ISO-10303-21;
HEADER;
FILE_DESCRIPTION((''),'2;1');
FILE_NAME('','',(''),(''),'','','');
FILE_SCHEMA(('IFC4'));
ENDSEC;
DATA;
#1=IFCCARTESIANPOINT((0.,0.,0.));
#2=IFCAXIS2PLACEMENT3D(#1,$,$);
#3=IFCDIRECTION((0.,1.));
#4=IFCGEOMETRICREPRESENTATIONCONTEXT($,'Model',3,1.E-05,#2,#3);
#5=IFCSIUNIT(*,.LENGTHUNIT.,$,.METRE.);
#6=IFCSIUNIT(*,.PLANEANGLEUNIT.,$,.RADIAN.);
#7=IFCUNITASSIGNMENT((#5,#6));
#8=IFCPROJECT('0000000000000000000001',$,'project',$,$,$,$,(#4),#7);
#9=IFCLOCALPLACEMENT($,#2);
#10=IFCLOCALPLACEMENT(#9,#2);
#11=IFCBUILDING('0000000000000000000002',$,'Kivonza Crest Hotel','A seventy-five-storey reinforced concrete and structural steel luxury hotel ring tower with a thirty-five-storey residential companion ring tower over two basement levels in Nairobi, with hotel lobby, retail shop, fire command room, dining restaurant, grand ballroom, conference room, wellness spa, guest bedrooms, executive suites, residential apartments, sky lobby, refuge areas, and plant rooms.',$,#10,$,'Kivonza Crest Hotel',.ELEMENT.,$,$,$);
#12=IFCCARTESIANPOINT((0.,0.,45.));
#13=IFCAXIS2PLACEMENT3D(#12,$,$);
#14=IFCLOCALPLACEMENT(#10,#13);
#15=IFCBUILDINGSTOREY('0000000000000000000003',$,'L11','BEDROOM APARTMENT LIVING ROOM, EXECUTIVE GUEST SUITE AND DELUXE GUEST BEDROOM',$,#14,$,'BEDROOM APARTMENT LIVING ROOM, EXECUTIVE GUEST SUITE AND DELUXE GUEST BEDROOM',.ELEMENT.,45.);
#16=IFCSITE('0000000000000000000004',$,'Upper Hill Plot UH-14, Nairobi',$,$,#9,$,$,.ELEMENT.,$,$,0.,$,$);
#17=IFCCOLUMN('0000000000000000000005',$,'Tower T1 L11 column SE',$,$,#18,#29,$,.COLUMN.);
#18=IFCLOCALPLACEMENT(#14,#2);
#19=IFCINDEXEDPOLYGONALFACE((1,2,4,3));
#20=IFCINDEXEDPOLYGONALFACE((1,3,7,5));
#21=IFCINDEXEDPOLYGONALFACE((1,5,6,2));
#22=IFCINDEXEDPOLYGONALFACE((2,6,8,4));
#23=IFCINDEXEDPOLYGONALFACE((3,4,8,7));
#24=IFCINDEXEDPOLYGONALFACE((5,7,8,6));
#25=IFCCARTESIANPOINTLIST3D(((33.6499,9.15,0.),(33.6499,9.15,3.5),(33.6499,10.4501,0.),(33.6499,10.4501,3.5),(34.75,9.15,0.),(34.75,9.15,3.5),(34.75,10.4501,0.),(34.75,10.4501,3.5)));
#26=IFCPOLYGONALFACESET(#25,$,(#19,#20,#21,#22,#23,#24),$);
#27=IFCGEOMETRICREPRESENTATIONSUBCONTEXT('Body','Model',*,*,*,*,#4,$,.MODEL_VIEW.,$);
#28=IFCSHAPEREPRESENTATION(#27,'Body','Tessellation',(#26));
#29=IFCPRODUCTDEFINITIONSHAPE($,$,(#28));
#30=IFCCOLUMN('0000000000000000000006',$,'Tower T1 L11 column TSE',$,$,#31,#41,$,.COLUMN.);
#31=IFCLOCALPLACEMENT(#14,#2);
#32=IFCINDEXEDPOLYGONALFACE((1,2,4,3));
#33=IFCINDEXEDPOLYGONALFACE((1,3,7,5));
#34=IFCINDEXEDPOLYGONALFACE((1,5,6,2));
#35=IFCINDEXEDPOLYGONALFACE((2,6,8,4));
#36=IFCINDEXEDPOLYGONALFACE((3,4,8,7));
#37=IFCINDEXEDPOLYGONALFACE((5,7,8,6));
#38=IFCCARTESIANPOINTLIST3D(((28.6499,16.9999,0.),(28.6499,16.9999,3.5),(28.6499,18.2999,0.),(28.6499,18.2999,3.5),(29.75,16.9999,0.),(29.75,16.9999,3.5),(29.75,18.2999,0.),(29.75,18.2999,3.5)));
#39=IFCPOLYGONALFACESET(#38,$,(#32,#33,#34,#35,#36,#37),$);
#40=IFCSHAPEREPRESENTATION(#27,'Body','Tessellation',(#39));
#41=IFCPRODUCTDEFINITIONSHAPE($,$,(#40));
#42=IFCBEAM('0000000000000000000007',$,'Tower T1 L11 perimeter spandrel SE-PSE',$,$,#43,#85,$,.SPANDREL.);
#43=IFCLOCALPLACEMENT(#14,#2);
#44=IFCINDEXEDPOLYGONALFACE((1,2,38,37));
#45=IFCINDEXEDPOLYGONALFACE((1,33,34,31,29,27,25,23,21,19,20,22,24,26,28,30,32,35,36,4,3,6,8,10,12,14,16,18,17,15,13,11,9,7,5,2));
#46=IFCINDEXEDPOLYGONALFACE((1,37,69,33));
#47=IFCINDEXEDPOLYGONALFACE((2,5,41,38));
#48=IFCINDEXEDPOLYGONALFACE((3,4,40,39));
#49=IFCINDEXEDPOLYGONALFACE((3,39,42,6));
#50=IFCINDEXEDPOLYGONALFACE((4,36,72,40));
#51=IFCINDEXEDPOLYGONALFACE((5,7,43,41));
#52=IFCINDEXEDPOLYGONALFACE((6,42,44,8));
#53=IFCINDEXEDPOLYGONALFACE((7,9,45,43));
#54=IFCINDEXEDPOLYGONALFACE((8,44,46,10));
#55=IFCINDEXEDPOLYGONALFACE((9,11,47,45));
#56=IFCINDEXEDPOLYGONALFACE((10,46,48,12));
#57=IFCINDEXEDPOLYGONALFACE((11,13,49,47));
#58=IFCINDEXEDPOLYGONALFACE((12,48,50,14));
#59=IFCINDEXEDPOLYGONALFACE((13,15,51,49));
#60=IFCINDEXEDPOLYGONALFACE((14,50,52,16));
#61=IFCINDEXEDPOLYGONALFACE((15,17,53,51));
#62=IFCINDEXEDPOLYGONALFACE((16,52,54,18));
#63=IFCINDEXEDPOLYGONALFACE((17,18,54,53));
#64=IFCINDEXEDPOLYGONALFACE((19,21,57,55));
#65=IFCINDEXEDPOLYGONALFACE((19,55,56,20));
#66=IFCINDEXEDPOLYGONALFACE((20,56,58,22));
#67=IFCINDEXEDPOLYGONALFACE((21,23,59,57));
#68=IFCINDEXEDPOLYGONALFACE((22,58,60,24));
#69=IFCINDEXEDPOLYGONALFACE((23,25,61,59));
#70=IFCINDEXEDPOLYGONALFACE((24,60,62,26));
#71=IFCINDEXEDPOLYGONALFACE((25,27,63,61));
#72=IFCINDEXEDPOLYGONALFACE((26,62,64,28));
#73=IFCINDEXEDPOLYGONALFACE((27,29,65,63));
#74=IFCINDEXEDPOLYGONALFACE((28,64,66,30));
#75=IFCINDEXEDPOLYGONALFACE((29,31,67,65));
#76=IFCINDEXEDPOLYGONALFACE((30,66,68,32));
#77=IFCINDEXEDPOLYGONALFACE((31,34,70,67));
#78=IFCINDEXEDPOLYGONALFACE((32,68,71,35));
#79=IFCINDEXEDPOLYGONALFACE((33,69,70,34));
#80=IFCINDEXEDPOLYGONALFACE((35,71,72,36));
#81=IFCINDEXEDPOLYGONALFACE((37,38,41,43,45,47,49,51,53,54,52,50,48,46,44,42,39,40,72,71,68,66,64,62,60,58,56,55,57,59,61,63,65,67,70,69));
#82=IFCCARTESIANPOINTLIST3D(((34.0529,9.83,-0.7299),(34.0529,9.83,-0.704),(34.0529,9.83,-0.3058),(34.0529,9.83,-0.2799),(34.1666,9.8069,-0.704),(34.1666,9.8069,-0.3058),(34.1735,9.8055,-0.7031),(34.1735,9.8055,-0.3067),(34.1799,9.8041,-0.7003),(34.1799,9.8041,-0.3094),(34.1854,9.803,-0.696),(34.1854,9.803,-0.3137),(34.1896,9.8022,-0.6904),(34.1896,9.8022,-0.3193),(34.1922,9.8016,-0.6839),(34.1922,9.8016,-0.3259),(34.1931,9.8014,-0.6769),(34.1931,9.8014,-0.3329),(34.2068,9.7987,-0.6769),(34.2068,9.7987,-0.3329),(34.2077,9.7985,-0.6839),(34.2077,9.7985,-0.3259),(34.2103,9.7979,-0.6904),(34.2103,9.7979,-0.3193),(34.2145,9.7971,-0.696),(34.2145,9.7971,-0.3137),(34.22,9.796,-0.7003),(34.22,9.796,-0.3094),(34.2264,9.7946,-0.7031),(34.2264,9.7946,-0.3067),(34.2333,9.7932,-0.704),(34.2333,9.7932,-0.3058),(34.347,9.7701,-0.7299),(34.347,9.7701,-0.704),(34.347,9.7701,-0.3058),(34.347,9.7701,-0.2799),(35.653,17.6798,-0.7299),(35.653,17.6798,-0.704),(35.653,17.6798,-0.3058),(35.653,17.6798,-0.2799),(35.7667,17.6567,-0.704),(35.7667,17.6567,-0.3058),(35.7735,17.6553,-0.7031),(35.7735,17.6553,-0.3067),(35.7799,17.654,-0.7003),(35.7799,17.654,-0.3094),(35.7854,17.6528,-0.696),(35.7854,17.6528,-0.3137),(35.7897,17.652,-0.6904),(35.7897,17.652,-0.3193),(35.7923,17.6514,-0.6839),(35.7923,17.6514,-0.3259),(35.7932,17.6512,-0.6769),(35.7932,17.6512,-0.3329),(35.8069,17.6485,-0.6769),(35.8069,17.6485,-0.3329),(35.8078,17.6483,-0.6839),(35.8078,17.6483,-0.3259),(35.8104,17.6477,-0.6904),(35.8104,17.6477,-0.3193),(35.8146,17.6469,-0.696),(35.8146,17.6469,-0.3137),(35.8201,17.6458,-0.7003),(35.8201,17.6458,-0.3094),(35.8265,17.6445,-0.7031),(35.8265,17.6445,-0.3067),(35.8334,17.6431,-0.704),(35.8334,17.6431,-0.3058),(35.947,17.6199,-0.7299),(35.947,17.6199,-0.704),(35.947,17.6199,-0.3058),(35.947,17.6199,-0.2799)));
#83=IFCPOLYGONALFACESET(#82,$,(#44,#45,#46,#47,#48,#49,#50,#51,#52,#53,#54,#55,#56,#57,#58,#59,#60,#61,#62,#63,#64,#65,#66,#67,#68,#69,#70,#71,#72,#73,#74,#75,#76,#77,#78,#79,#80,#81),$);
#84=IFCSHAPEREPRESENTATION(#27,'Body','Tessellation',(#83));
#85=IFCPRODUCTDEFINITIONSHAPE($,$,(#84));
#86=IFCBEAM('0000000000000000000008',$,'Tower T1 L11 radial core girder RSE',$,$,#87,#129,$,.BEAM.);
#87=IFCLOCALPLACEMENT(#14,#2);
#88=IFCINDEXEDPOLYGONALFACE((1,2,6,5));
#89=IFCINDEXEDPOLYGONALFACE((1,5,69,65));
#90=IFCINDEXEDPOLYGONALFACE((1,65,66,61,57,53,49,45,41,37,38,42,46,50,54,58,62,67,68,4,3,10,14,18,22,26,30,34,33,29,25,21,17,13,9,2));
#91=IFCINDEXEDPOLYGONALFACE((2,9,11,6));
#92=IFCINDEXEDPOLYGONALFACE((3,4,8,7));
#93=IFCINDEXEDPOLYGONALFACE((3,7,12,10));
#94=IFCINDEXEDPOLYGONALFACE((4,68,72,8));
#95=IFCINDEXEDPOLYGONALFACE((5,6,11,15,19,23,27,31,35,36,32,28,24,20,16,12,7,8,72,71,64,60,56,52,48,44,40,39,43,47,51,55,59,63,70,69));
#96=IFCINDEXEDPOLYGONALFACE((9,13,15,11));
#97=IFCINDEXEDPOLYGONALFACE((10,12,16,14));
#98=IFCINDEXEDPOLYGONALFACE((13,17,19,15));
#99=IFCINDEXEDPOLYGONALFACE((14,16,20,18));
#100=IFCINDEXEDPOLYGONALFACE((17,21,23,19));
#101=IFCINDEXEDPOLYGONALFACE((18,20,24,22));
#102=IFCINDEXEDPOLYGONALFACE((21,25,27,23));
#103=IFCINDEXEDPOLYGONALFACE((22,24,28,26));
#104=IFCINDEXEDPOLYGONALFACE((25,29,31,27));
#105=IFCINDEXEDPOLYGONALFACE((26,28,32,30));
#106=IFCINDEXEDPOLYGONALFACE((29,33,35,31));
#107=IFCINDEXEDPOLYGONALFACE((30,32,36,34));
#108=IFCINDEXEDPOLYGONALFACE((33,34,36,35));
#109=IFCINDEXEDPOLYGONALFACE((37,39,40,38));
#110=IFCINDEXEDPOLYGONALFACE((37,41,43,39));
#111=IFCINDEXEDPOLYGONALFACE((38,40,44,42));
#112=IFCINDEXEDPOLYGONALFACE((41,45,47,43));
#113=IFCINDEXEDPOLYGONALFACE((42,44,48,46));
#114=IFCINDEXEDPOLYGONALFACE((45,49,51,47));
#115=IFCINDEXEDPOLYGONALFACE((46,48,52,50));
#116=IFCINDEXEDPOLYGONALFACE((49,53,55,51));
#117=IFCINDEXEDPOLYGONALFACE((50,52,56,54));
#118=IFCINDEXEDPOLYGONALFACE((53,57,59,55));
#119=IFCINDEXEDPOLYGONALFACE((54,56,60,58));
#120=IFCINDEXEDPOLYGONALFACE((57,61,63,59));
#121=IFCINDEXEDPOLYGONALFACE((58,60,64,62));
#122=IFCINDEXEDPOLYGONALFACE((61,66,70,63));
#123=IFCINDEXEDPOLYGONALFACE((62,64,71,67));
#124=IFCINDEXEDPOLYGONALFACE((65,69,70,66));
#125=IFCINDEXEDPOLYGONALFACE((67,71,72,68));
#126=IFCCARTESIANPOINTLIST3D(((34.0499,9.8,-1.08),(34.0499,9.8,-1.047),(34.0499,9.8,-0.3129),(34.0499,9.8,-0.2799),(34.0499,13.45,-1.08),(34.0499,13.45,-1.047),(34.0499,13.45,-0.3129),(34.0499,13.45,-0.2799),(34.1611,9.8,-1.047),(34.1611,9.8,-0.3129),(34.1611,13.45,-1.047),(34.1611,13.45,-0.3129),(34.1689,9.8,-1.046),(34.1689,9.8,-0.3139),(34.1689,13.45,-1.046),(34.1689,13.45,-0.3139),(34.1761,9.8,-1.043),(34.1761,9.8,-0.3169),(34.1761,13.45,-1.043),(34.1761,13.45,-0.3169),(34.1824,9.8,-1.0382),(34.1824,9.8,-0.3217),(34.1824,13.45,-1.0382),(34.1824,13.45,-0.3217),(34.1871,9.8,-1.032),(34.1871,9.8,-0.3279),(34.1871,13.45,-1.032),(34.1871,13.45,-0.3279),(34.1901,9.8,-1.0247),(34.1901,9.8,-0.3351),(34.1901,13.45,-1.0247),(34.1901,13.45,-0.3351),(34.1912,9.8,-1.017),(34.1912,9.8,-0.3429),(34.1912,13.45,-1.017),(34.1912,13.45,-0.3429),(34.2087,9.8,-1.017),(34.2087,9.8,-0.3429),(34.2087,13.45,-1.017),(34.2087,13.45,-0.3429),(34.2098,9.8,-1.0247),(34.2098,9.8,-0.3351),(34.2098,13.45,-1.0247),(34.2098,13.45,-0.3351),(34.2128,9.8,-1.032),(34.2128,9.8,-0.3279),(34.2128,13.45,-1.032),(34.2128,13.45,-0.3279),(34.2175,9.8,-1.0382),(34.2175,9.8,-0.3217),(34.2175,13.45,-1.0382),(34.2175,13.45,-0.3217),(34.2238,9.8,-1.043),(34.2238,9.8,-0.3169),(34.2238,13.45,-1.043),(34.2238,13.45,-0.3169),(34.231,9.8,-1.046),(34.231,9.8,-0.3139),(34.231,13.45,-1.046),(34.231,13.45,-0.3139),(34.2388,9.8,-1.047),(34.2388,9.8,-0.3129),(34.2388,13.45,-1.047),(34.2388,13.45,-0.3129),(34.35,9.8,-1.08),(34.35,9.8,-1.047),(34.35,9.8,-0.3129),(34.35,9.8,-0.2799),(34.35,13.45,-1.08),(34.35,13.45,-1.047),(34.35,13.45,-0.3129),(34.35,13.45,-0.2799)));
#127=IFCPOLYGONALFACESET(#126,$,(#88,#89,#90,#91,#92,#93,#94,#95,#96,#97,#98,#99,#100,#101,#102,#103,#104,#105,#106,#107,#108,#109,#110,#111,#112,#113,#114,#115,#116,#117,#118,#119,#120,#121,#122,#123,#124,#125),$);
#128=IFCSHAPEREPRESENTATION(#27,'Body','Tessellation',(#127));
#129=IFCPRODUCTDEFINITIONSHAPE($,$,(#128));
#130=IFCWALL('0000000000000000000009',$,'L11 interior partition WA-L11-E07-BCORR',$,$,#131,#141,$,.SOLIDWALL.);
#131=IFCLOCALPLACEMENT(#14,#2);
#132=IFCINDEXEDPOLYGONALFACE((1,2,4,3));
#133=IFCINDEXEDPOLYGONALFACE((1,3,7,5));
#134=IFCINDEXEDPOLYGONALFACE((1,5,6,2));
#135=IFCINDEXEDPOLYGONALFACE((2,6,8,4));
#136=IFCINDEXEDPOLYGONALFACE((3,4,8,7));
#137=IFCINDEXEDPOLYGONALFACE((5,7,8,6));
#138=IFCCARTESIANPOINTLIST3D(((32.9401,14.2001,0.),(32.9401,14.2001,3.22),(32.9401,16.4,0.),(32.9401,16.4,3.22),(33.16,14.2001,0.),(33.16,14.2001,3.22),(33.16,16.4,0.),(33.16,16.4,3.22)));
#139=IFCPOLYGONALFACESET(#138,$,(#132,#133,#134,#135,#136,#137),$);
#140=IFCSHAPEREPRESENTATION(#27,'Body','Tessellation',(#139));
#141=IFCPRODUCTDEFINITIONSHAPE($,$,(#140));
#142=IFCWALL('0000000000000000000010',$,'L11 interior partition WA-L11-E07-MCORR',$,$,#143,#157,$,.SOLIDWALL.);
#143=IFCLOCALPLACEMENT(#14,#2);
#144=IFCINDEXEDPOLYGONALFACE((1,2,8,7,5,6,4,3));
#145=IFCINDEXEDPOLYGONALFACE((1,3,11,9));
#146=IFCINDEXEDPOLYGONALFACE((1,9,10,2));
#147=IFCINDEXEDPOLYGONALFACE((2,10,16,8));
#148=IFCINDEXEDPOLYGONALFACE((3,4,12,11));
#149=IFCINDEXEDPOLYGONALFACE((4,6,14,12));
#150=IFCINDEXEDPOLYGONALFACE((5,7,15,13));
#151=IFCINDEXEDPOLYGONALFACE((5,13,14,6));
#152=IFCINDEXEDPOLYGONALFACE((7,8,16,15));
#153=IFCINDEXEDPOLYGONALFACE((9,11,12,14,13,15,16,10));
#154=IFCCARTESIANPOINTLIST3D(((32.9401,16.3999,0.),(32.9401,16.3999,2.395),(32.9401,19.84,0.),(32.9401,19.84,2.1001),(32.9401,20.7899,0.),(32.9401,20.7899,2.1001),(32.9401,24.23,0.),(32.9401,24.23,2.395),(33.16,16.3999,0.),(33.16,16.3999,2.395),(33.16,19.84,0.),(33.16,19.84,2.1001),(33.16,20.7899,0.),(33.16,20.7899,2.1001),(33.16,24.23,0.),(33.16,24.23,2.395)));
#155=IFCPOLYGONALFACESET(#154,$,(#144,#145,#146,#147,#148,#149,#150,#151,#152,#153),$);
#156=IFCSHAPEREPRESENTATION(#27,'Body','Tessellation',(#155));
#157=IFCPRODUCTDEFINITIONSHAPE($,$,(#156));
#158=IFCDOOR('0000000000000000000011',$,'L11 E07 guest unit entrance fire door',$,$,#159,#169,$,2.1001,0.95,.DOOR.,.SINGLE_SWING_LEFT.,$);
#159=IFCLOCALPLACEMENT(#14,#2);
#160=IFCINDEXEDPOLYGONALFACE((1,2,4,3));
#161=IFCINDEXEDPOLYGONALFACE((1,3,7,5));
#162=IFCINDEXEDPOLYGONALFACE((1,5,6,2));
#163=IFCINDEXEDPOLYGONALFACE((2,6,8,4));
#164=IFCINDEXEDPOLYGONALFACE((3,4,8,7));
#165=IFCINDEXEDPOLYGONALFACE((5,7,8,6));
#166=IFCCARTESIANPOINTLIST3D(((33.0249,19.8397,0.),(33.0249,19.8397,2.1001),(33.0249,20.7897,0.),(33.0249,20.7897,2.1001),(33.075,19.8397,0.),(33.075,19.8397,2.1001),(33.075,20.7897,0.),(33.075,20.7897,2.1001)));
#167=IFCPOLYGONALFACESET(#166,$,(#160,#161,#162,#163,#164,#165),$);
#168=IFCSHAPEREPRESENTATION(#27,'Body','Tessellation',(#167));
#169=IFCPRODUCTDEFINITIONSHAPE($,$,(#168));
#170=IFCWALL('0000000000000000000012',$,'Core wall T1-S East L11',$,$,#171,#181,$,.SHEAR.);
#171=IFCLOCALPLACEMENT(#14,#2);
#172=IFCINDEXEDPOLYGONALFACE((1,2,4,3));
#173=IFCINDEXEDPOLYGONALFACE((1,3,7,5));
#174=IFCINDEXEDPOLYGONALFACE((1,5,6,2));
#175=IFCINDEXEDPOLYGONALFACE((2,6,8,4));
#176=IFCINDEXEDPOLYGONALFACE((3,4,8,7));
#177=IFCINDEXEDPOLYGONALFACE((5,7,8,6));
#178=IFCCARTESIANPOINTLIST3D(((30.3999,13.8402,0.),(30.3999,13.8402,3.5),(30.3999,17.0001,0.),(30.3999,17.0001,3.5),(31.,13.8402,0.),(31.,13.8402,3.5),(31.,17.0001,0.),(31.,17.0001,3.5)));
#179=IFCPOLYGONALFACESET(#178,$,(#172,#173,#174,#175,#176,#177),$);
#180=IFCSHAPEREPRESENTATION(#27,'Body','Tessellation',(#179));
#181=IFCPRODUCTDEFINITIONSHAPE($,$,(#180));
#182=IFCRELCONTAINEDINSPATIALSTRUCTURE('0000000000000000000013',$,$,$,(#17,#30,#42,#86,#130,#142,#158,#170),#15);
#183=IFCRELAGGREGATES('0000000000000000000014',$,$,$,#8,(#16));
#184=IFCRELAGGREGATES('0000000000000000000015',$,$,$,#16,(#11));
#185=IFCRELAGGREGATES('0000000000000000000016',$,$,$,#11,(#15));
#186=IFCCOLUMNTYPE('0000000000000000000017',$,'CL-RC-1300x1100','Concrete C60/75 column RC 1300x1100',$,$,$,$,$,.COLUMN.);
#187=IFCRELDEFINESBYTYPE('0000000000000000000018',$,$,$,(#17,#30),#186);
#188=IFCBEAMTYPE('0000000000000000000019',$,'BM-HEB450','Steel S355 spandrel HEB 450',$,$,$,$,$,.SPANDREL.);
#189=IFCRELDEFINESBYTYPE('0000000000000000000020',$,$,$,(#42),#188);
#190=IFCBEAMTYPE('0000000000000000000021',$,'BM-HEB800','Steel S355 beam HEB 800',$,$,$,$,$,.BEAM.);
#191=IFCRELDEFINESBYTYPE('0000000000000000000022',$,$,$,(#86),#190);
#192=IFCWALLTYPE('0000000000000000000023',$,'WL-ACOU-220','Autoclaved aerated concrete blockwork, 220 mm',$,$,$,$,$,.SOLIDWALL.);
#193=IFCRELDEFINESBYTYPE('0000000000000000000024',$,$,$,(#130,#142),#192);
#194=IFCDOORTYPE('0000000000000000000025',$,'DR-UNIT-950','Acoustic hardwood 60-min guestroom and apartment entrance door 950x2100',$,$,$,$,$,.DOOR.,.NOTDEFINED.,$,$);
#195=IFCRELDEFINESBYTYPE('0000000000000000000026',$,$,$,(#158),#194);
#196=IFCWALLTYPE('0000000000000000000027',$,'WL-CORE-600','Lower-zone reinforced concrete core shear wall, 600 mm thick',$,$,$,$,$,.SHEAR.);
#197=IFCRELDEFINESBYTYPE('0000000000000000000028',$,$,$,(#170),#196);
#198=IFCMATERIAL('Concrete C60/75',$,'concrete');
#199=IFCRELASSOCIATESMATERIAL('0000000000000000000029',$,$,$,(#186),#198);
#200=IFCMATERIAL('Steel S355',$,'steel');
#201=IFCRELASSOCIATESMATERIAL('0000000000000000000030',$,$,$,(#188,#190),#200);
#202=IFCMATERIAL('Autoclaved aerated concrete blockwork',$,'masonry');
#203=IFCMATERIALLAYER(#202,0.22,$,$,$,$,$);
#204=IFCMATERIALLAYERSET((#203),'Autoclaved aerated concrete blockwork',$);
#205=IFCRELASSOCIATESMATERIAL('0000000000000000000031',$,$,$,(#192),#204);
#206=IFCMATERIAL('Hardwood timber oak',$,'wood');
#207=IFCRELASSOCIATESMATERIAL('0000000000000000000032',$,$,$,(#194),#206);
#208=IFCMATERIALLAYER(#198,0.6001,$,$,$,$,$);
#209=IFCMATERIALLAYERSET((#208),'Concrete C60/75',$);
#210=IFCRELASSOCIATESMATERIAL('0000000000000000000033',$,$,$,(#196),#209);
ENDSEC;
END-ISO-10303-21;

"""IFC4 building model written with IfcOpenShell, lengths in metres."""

from ifc_helpers import new_model, si_unit, direction, frame, frame_2d, origin, origin_2d, place, context, subcontext, project, spatial, rectangle, i_section, extrude, material, layer, layer_set, material_profile, profile_set, type_object, element, fill, save


model = new_model("IFC4")

# Units and contexts
model_context = context("Model", 3, precision=1e-05, world=origin(), true_north=direction((0.0, 1.0)))
body_context = subcontext(model_context, "Body", "Model", "MODEL_VIEW")
ifc_project = project(units=[si_unit("LENGTHUNIT", "METRE"), si_unit("PLANEANGLEUNIT", "RADIAN")], contexts=[model_context])

# Site, building, storey
site_placement = place(None, origin())
site = spatial("IfcSite", under=ifc_project, at=site_placement, Name="Upper Hill Plot UH-14, Nairobi", CompositionType="ELEMENT", RefElevation=0.0)
building_placement = place(site_placement, origin())
building = spatial("IfcBuilding", under=site, at=building_placement, Name="Kivonza Crest Hotel", Description="A seventy-five-storey reinforced concrete and structural steel luxury hotel ring tower with a thirty-five-storey residential companion ring tower over two basement levels in Nairobi, with hotel lobby, retail shop, fire command room, dining restaurant, grand ballroom, conference room, wellness spa, guest bedrooms, executive suites, residential apartments, sky lobby, refuge areas, and plant rooms.", LongName="Kivonza Crest Hotel", CompositionType="ELEMENT")
storey_placement = place(building_placement, frame((0.0, 0.0, 45.0)))
storey = spatial("IfcBuildingStorey", under=building, at=storey_placement, Name="L11", Description="BEDROOM APARTMENT LIVING ROOM, EXECUTIVE GUEST SUITE AND DELUXE GUEST BEDROOM", LongName="BEDROOM APARTMENT LIVING ROOM, EXECUTIVE GUEST SUITE AND DELUXE GUEST BEDROOM", CompositionType="ELEMENT", Elevation=45.0)

# Columns
ifc_material_1 = material(Name="Concrete C60/75", Category="concrete")
ifc_material_profile_1 = material_profile(ifc_material_1, rectangle(XDim=1.1001, YDim=1.3, at=origin_2d()), Name="RC 1300x1100")
ifc_profile_set_1 = profile_set([ifc_material_profile_1], Name="Concrete C60/75")
column_type = type_object("IfcColumnType", Name="CL-RC-1300x1100", Description="Concrete C60/75 column RC 1300x1100", PredefinedType="COLUMN", material=ifc_profile_set_1)
for number, where, z_axis, x_axis, name in (
    (1, (34.2, 9.8, 0.0), (0.0, 0.0, 1.0), (1.0, 0.0, 0.0), "Tower T1 L11 column SE"),
    (2, (29.2, 17.6499, 0.0), (0.0, 0.0, 1.0), (1.0, 0.0, 0.0), "Tower T1 L11 column TSE"),
):
    element("IfcColumn", number, at=place(storey_placement, frame(where, z_axis=z_axis, x_axis=x_axis)), inside=storey, type_object=column_type, Name=name, PredefinedType="COLUMN", context=body_context, shape_type="SweptSolid", body=[
        extrude(rectangle(XDim=1.1001, YDim=1.3, at=origin_2d()), origin(), (0.0, 0.0, 1.0), 3.5),
    ])

# Beams
ifc_material_2 = material(Name="Steel S355", Category="steel")
ifc_material_profile_2 = material_profile(ifc_material_2, i_section(OverallWidth=0.3, OverallDepth=0.45, WebThickness=0.0139, FlangeThickness=0.0259, FilletRadius=0.0271, at=origin_2d()), Name="HEB 450")
ifc_profile_set_2 = profile_set([ifc_material_profile_2], Name="Steel S355")
beam_type_1 = type_object("IfcBeamType", Name="BM-HEB450", Description="Steel S355 spandrel HEB 450", PredefinedType="SPANDREL", material=ifc_profile_set_2)
beam_1_placement = place(storey_placement, frame((34.2, 9.8, -0.5049), z_axis=(0.199731, 0.979851, 0.0), x_axis=(-0.979851, 0.199731, 0.0)))
element("IfcBeam", 3, at=beam_1_placement, inside=storey, type_object=beam_type_1, Name="Tower T1 L11 perimeter spandrel SE-PSE", PredefinedType="SPANDREL", context=body_context, shape_type="SweptSolid", body=[
    extrude(i_section(OverallWidth=0.3, OverallDepth=0.45, WebThickness=0.0139, FlangeThickness=0.0259, FilletRadius=0.0271, at=origin_2d()), origin(), (0.0, 0.0, 1.0), 8.0112),
])
ifc_material_profile_3 = material_profile(ifc_material_2, i_section(OverallWidth=0.3, OverallDepth=0.8, WebThickness=0.0176, FlangeThickness=0.033, FilletRadius=0.03, at=origin_2d()), Name="HEB 800")
ifc_profile_set_3 = profile_set([ifc_material_profile_3], Name="Steel S355")
beam_type_2 = type_object("IfcBeamType", Name="BM-HEB800", Description="Steel S355 beam HEB 800", PredefinedType="BEAM", material=ifc_profile_set_3)
beam_2_placement = place(storey_placement, frame((34.2, 9.8, -0.6799), z_axis=(0.0, 1.0, 0.0), x_axis=(-1.0, 0.0, 0.0)))
element("IfcBeam", 4, at=beam_2_placement, inside=storey, type_object=beam_type_2, Name="Tower T1 L11 radial core girder RSE", PredefinedType="BEAM", context=body_context, shape_type="SweptSolid", body=[
    extrude(i_section(OverallWidth=0.3, OverallDepth=0.8, WebThickness=0.0176, FlangeThickness=0.033, FilletRadius=0.03, at=origin_2d()), origin(), (0.0, 0.0, 1.0), 3.6499),
])

# Wall
ifc_material_3 = material(Name="Autoclaved aerated concrete blockwork", Category="masonry")
ifc_layer_1 = layer(ifc_material_3, 0.22)
ifc_layer_set_1 = layer_set([ifc_layer_1], Name="Autoclaved aerated concrete blockwork")
wall_type_1 = type_object("IfcWallType", Name="WL-ACOU-220", Description="Autoclaved aerated concrete blockwork, 220 mm", PredefinedType="SOLIDWALL", material=ifc_layer_set_1)
wall_1_placement = place(storey_placement, frame((33.05, 14.2, 0.0), z_axis=(0.0, 0.0, 1.0), x_axis=(0.0, 1.0, 0.0)))
element("IfcWall", 5, at=wall_1_placement, inside=storey, type_object=wall_type_1, Name="L11 interior partition WA-L11-E07-BCORR", PredefinedType="SOLIDWALL", context=body_context, shape_type="SweptSolid", body=[
    extrude(rectangle(XDim=2.2, YDim=0.22, at=frame_2d((1.1001, 0.0))), origin(), (0.0, 0.0, 1.0), 3.22),
])

# Wall, opening, door
wall_2_placement = place(storey_placement, frame((33.05, 16.3999, 0.0), z_axis=(0.0, 0.0, 1.0), x_axis=(0.0, 1.0, 0.0)))
wall_2 = element("IfcWall", 6, at=wall_2_placement, inside=storey, type_object=wall_type_1, Name="L11 interior partition WA-L11-E07-MCORR", PredefinedType="SOLIDWALL", context=body_context, shape_type="SweptSolid", body=[
    extrude(rectangle(XDim=7.8301, YDim=0.22, at=frame_2d((3.915, 0.0))), origin(), (0.0, 0.0, 1.0), 2.395),
])
opening_1_placement = place(wall_2_placement, frame((3.4399, 0.0, 0.0)))
opening_1 = element("IfcOpeningElement", 7, at=opening_1_placement, cuts=wall_2, PredefinedType="OPENING", context=body_context, shape_type="SweptSolid", body=[
    extrude(rectangle(XDim=0.95, YDim=2.1001, at=frame_2d((0.4751, 1.05))), frame((0.0, 0.1201, 0.0), z_axis=(0.0, -1.0, 0.0), x_axis=(1.0, 0.0, 0.0)), (0.0, 0.0, 1.0), 0.24),
])
ifc_material_4 = material(Name="Hardwood timber oak", Category="wood")
door_type_1 = type_object("IfcDoorType", Name="DR-UNIT-950", Description="Acoustic hardwood 60-min guestroom and apartment entrance door 950x2100", OperationType="NOTDEFINED", PredefinedType="DOOR", material=ifc_material_4)
door_1_placement = place(opening_1_placement, frame((0.95, 0.0, 0.0), z_axis=(0.0, 0.0, 1.0), x_axis=(-1.0, 0.0, 0.0)))
door_1 = element("IfcDoor", 8, at=door_1_placement, inside=storey, type_object=door_type_1, Name="L11 E07 guest unit entrance fire door", OperationType="SINGLE_SWING_LEFT", OverallHeight=2.1001, OverallWidth=0.95, PredefinedType="DOOR", context=body_context, shape_type="SweptSolid", body=[
    extrude(rectangle(XDim=0.95, YDim=2.1001, at=frame_2d((0.4751, 1.05))), frame((0.0, 0.0249, 0.0), z_axis=(0.0, -1.0, 0.0), x_axis=(1.0, 0.0, 0.0)), (0.0, 0.0, 1.0), 0.05),
])
fill(opening_1, door_1)

# Wall
ifc_layer_2 = layer(ifc_material_1, 0.6001)
ifc_layer_set_2 = layer_set([ifc_layer_2], Name="Concrete C60/75")
wall_type_2 = type_object("IfcWallType", Name="WL-CORE-600", Description="Lower-zone reinforced concrete core shear wall, 600 mm thick", PredefinedType="SHEAR", material=ifc_layer_set_2)
wall_3_placement = place(storey_placement, frame((30.7, 13.8401, 0.0), z_axis=(0.0, 0.0, 1.0), x_axis=(0.0, 1.0, 0.0)))
element("IfcWall", 9, at=wall_3_placement, inside=storey, type_object=wall_type_2, Name="Core wall T1-S East L11", PredefinedType="SHEAR", context=body_context, shape_type="SweptSolid", body=[
    extrude(rectangle(XDim=3.1599, YDim=0.6001, at=frame_2d((1.5801, 0.0))), origin(), (0.0, 0.0, 1.0), 3.5),
])

save(model, "model.ifc")
